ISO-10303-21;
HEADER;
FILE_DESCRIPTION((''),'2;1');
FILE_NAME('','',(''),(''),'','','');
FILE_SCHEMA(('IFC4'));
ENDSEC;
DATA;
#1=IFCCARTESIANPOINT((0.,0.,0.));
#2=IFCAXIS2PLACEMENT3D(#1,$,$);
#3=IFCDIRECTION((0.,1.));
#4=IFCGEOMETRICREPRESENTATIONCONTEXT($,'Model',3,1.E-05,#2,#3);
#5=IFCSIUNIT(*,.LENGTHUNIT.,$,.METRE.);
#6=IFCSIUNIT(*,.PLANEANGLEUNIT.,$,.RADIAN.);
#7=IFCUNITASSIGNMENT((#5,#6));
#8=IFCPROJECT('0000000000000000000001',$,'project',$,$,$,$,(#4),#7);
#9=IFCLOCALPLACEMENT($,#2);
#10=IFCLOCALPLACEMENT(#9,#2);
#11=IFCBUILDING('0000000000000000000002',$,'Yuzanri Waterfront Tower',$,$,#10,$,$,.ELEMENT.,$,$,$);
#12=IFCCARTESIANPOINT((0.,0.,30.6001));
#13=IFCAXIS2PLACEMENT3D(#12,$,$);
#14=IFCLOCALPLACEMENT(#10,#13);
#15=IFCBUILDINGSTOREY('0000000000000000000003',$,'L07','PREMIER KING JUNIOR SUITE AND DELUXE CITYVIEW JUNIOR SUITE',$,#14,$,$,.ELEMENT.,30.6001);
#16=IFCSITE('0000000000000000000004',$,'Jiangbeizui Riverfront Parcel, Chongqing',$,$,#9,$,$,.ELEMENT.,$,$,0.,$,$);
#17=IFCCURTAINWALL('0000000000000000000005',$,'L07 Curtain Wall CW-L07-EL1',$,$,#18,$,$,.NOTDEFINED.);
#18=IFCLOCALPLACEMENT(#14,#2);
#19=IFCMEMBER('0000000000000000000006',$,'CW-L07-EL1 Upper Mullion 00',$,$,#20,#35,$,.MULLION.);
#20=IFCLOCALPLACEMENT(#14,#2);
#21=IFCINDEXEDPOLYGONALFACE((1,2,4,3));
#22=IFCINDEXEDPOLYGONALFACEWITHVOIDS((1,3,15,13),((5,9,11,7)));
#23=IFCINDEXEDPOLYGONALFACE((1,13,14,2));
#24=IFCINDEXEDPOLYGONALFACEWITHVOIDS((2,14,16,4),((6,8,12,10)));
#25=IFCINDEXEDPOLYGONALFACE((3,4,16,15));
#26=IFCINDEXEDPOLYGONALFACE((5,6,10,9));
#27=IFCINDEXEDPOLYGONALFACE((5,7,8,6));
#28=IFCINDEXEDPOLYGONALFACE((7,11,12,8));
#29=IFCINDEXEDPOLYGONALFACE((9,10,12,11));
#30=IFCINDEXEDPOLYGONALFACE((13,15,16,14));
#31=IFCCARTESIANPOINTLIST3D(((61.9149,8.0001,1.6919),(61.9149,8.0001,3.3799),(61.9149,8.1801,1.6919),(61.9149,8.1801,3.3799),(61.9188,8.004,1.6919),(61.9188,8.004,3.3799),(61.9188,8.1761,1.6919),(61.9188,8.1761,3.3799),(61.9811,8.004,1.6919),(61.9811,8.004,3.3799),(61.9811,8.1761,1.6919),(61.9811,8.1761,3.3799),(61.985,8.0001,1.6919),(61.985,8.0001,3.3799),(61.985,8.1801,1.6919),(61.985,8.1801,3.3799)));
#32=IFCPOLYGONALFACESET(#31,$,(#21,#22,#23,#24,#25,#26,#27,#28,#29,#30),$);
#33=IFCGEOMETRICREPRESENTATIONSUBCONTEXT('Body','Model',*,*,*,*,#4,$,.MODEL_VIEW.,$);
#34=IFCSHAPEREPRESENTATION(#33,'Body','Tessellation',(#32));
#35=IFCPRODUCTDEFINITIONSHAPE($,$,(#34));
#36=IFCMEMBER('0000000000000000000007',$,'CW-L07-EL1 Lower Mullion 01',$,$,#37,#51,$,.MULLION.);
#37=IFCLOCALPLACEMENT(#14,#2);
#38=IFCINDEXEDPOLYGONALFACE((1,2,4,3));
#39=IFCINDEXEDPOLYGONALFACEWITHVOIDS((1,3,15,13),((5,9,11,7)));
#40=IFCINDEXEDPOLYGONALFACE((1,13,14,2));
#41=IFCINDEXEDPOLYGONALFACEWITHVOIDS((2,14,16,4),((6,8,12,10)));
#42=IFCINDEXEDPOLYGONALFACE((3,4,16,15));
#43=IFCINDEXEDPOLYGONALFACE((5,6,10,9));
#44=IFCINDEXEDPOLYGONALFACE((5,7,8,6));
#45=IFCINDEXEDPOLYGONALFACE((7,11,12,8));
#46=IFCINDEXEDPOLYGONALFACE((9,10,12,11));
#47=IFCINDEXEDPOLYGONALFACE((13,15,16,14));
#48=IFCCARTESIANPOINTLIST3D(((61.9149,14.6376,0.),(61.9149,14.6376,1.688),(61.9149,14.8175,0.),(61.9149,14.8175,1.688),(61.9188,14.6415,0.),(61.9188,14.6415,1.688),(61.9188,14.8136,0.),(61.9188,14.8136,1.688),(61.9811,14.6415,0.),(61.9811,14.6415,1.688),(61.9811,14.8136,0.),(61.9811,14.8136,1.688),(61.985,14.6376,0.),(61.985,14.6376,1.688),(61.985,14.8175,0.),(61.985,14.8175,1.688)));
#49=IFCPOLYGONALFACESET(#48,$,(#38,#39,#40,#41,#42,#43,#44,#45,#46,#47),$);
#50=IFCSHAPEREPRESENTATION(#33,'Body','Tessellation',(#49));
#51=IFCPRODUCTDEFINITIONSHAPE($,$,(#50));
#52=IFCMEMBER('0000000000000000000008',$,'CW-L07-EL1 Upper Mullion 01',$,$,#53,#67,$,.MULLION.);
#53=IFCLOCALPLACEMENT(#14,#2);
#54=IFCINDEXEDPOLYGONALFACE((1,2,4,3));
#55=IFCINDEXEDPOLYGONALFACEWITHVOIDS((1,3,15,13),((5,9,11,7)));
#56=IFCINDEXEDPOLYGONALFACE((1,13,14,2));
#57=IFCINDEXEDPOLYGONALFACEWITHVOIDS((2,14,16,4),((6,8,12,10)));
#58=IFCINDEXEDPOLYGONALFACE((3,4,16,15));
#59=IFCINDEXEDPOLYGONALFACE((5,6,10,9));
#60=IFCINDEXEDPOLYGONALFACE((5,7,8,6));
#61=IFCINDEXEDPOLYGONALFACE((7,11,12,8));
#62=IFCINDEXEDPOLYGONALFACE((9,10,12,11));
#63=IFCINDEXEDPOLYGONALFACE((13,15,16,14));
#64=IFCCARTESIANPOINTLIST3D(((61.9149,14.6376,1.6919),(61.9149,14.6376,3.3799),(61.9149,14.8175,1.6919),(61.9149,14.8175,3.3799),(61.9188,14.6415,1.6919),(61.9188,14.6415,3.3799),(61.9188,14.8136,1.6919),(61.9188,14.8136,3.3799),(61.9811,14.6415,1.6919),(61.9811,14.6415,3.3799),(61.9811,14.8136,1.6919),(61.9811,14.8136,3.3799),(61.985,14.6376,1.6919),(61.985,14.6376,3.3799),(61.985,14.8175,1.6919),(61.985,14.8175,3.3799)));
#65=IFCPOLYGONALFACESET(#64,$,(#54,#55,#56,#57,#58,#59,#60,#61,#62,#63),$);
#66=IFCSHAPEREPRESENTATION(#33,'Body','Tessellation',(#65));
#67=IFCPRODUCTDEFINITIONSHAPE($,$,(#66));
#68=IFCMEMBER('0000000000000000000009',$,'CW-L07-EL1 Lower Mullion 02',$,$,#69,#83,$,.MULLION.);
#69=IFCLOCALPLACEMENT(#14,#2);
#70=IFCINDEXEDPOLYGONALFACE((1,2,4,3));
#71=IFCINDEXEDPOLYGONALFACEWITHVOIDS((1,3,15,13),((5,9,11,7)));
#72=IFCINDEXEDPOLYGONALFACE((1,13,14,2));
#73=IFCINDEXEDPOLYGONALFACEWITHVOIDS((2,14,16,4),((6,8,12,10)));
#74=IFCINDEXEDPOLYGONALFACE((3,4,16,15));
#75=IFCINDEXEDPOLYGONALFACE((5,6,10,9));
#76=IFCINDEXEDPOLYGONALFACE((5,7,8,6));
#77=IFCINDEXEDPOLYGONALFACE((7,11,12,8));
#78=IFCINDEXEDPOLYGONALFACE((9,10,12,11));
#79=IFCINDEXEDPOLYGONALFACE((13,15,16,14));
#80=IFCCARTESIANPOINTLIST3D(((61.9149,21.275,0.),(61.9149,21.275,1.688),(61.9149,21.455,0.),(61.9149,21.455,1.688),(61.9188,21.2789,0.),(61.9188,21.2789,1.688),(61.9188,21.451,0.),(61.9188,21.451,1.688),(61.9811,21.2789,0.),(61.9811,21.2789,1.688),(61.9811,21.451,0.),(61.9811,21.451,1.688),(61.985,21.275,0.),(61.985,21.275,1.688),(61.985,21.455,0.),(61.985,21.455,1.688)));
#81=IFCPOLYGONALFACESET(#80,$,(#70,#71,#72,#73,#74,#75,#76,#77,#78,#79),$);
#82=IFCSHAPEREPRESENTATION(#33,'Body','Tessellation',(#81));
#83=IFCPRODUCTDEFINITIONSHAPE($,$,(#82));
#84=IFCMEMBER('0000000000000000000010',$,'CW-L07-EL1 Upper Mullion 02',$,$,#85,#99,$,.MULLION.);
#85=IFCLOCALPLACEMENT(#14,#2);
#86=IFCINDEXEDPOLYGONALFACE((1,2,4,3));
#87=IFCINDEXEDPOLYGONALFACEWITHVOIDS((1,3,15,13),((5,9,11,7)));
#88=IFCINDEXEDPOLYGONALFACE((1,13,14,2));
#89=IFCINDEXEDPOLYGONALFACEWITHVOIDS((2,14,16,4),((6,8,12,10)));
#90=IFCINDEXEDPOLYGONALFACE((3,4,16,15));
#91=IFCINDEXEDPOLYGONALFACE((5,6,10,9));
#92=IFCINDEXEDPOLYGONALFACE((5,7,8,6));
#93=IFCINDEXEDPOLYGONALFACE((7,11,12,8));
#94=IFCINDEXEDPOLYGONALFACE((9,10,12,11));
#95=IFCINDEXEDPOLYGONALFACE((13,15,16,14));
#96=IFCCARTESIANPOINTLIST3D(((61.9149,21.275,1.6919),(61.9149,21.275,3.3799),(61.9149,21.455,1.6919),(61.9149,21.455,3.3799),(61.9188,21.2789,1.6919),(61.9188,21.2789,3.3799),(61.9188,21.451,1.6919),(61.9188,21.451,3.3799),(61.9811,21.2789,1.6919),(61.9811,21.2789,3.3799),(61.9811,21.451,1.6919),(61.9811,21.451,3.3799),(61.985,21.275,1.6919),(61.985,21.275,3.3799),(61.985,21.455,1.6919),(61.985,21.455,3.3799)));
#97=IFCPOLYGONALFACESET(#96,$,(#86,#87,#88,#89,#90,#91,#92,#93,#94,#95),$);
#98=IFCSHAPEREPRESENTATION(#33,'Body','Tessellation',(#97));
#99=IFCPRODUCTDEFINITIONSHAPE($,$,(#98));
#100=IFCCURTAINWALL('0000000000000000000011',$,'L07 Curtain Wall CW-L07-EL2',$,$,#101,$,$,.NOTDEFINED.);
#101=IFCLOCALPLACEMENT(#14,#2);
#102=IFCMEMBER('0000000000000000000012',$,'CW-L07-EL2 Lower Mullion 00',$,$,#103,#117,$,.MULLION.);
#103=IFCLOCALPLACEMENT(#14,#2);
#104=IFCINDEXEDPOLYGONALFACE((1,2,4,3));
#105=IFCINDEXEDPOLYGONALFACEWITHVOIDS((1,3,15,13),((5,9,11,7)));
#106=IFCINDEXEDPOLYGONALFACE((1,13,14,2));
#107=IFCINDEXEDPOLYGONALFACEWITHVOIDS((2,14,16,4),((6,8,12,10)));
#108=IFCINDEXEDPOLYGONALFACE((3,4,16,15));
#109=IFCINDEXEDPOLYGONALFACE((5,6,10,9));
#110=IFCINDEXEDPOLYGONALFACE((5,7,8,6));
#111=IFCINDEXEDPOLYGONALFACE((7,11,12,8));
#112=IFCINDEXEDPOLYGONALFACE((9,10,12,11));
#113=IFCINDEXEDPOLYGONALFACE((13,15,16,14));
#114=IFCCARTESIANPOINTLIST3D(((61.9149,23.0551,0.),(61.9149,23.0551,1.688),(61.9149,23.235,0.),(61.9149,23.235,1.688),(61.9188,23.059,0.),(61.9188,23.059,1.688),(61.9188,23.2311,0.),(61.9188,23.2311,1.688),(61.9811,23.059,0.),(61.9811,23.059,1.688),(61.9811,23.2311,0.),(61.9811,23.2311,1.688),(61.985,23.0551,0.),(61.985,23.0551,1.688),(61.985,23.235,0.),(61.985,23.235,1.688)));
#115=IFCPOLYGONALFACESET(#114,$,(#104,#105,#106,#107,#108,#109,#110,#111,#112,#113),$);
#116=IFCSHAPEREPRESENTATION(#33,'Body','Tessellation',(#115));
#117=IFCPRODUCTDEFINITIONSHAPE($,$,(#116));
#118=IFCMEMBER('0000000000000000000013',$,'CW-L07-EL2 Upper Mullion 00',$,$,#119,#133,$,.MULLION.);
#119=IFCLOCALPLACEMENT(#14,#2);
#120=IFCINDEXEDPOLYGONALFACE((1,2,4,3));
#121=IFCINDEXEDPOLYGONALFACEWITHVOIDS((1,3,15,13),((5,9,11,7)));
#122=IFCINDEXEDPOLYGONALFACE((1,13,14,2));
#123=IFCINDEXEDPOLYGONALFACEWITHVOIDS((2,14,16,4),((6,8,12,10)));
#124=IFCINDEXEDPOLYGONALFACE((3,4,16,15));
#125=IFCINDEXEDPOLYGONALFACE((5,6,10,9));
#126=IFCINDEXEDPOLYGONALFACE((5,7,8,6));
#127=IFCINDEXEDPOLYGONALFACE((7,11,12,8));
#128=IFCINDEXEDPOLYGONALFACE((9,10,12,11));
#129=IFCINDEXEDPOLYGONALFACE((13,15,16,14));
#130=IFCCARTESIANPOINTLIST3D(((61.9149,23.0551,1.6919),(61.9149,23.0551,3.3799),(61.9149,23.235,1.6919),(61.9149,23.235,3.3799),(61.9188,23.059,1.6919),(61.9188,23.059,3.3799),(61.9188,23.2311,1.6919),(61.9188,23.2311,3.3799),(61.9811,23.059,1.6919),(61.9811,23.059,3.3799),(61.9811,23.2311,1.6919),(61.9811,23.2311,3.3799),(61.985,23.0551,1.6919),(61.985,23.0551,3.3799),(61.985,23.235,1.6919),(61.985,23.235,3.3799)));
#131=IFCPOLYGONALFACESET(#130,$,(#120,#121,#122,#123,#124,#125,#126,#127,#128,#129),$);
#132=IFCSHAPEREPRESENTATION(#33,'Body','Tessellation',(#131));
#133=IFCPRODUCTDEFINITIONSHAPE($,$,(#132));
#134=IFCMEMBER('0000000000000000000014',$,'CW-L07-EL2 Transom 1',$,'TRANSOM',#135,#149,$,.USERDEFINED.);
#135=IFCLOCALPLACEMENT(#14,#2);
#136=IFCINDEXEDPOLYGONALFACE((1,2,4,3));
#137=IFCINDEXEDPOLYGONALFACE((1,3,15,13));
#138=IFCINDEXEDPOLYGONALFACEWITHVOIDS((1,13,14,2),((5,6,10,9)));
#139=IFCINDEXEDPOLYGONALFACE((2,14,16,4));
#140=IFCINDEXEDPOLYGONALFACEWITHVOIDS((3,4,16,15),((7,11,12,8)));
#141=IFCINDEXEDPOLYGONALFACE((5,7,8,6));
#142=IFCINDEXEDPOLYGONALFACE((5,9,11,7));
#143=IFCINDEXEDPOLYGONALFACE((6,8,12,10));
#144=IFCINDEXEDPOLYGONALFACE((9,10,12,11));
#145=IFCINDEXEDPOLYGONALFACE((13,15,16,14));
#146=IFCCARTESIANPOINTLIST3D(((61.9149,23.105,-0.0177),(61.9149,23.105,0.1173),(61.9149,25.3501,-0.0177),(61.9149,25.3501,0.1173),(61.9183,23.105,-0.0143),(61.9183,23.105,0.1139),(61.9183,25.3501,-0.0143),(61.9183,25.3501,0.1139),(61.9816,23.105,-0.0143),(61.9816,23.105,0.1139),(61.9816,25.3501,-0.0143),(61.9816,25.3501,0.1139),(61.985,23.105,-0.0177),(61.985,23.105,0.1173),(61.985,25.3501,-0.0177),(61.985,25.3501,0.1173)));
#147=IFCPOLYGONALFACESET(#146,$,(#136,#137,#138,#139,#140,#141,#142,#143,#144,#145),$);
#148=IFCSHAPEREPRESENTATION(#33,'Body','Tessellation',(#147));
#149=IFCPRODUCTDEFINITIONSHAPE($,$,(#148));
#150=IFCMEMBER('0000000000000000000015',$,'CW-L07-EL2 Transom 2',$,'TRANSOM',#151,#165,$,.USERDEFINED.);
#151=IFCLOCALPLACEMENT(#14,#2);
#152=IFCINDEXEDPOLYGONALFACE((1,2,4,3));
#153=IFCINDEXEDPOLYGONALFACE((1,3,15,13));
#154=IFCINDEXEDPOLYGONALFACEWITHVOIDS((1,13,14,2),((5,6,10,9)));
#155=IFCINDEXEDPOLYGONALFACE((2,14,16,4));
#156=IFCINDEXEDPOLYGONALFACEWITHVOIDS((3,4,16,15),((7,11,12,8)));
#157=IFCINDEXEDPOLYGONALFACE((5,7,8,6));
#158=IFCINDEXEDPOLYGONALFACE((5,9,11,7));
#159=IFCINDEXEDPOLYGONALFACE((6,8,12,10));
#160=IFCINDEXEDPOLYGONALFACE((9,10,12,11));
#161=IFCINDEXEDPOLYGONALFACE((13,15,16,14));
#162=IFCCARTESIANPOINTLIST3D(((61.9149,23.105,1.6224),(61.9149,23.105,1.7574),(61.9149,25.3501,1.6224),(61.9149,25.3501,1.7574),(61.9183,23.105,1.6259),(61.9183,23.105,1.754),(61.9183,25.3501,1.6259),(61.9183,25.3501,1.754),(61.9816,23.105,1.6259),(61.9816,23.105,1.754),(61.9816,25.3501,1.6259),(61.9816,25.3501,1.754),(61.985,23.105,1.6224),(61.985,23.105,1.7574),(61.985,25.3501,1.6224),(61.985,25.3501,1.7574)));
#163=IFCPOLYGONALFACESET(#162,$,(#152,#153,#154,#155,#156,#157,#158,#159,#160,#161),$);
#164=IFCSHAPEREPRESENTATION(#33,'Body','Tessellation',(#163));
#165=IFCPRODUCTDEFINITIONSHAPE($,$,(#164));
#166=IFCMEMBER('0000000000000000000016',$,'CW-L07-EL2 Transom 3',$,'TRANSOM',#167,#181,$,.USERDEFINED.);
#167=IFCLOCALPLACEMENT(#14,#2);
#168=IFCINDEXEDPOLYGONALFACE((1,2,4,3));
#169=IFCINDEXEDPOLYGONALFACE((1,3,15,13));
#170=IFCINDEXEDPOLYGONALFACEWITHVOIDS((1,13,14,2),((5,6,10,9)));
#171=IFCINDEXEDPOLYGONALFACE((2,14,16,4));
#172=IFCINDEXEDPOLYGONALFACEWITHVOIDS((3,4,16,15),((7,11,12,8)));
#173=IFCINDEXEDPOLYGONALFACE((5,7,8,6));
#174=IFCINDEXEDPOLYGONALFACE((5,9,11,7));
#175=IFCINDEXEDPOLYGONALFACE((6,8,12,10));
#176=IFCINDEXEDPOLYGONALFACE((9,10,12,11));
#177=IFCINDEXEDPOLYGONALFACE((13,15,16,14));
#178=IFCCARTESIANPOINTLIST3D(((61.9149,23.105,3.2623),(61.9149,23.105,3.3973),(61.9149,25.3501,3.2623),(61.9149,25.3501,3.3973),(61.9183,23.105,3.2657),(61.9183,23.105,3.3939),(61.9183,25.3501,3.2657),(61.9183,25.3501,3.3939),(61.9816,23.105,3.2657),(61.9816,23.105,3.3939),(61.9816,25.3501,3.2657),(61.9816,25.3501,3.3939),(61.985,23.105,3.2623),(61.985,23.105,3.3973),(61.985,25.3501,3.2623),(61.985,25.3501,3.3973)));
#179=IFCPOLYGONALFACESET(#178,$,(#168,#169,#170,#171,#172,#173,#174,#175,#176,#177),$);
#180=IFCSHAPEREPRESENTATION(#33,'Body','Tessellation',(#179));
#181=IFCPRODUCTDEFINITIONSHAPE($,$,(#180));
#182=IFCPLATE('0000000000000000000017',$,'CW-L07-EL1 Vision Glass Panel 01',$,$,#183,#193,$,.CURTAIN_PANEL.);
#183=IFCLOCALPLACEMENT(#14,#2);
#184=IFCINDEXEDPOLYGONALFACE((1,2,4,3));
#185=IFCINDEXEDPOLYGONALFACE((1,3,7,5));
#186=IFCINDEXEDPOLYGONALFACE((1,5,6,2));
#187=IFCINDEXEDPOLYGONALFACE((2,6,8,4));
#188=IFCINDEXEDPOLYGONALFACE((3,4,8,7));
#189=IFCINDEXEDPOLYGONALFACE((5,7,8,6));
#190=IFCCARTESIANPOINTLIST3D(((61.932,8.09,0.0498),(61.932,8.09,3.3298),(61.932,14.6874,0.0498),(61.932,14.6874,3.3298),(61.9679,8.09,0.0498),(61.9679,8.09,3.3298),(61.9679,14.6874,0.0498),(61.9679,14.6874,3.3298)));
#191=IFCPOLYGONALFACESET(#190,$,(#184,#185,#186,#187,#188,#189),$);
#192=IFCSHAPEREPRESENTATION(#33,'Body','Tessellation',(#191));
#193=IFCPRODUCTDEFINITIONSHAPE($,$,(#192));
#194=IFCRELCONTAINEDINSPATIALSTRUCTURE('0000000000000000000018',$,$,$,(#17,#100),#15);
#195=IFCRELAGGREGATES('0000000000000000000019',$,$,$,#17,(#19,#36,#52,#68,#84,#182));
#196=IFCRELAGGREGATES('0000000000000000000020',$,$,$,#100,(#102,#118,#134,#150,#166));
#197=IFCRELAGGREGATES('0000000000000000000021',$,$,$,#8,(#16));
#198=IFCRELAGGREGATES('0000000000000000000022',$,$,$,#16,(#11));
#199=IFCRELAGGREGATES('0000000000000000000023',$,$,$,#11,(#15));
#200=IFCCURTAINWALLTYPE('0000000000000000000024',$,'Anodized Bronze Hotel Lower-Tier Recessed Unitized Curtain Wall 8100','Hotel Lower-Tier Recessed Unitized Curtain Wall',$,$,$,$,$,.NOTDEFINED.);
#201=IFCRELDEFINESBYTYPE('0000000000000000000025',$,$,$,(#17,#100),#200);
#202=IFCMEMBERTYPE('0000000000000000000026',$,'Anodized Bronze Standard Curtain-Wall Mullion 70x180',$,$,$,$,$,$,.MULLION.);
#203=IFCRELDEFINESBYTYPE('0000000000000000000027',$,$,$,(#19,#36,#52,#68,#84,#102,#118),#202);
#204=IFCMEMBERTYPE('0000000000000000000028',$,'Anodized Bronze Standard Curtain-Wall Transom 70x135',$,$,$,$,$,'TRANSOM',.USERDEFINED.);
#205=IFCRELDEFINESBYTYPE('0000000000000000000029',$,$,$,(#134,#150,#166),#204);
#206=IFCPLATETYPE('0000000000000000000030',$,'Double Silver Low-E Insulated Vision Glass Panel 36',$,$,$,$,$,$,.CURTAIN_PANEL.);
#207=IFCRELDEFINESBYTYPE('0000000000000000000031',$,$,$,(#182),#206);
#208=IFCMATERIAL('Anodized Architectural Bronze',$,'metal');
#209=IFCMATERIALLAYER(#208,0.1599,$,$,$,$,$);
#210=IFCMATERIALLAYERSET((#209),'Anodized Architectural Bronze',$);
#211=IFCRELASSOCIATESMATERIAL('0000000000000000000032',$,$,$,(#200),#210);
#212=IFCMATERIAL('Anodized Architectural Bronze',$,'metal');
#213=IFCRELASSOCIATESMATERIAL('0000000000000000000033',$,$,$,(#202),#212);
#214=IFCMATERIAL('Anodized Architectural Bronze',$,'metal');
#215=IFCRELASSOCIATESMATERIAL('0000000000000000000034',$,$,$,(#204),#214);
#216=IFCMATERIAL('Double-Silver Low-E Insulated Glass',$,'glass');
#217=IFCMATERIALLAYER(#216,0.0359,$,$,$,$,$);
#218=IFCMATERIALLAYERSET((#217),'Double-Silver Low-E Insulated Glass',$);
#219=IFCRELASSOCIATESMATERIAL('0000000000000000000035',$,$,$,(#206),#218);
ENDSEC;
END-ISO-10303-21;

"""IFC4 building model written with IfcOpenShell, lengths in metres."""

from ifc_helpers import new_model, si_unit, direction, frame, origin, origin_2d, place, context, subcontext, project, spatial, rectangle, hollow_rectangle, extrude, source, transform, mapped, material, layer, layer_set, material_profile, profile_set, type_object, element, aggregate, save


model = new_model("IFC4")

# Units and contexts
model_context = context("Model", 3, precision=1e-05, world=origin(), true_north=direction((0.0, 1.0)))
body_context = subcontext(model_context, "Body", "Model", "MODEL_VIEW")
ifc_project = project(units=[si_unit("LENGTHUNIT", "METRE"), si_unit("PLANEANGLEUNIT", "RADIAN")], contexts=[model_context])

# Site, building, storey
site_placement = place(None, origin())
site = spatial("IfcSite", under=ifc_project, at=site_placement, Name="Jiangbeizui Riverfront Parcel, Chongqing", CompositionType="ELEMENT", RefElevation=0.0)
building_placement = place(site_placement, origin())
building = spatial("IfcBuilding", under=site, at=building_placement, Name="Yuzanri Waterfront Tower", CompositionType="ELEMENT")
storey_placement = place(building_placement, frame((0.0, 0.0, 30.6001)))
storey = spatial("IfcBuildingStorey", under=building, at=storey_placement, Name="L07", Description="PREMIER KING JUNIOR SUITE AND DELUXE CITYVIEW JUNIOR SUITE", CompositionType="ELEMENT", Elevation=30.6001)

# Curtain walls, members
ifc_material_1 = material(Name="Anodized Architectural Bronze", Category="metal")
ifc_layer_1 = layer(ifc_material_1, 0.1599)
ifc_layer_set_1 = layer_set([ifc_layer_1], Name="Anodized Architectural Bronze")
curtain_wall_type = type_object("IfcCurtainWallType", Name="Anodized Bronze Hotel Lower-Tier Recessed Unitized Curtain Wall 8100", Description="Hotel Lower-Tier Recessed Unitized Curtain Wall", PredefinedType="NOTDEFINED", material=ifc_layer_set_1)
curtain_wall_1_placement = place(storey_placement, origin())
curtain_wall_1 = element("IfcCurtainWall", 1, at=curtain_wall_1_placement, inside=storey, type_object=curtain_wall_type, Name="L07 Curtain Wall CW-L07-EL1", PredefinedType="NOTDEFINED")
ifc_material_2 = material(Name="Anodized Architectural Bronze", Category="metal")
ifc_material_profile_1 = material_profile(ifc_material_2, hollow_rectangle(XDim=0.0701, YDim=0.1799, WallThickness=0.0039, at=origin_2d()), Name="CWM 70x180")
ifc_profile_set_1 = profile_set([ifc_material_profile_1], Name="Anodized Architectural Bronze")
member_type_1 = type_object("IfcMemberType", Name="Anodized Bronze Standard Curtain-Wall Mullion 70x180", PredefinedType="MULLION", material=ifc_profile_set_1)
shared_shape_1 = source(origin(), body_context, "Body", "SweptSolid", [
    extrude(hollow_rectangle(XDim=0.0701, YDim=0.1799, WallThickness=0.0039, at=origin_2d()), origin(), (0.0, 0.0, 1.0), 1.688),
])
member_1_placement = place(storey_placement, frame((61.95, 8.0901, 1.6919), z_axis=(0.0, 0.0, 1.0), x_axis=(1.0, 0.0, 0.0)))
member_1 = element("IfcMember", 2, at=member_1_placement, type_object=member_type_1, Name="CW-L07-EL1 Upper Mullion 00", PredefinedType="MULLION", context=body_context, shape_type="MappedRepresentation", body=[
    mapped(shared_shape_1, transform((0.0, 0.0, 0.0), scale=1.0)),
])
member_2_placement = place(storey_placement, frame((61.95, 14.7275, 0.0), z_axis=(0.0, 0.0, 1.0), x_axis=(1.0, 0.0, 0.0)))
member_2 = element("IfcMember", 3, at=member_2_placement, type_object=member_type_1, Name="CW-L07-EL1 Lower Mullion 01", PredefinedType="MULLION", context=body_context, shape_type="MappedRepresentation", body=[
    mapped(shared_shape_1, transform((0.0, 0.0, 0.0), scale=1.0)),
])
member_3_placement = place(storey_placement, frame((61.95, 14.7275, 1.6919), z_axis=(0.0, 0.0, 1.0), x_axis=(1.0, 0.0, 0.0)))
member_3 = element("IfcMember", 4, at=member_3_placement, type_object=member_type_1, Name="CW-L07-EL1 Upper Mullion 01", PredefinedType="MULLION", context=body_context, shape_type="MappedRepresentation", body=[
    mapped(shared_shape_1, transform((0.0, 0.0, 0.0), scale=1.0)),
])
member_4_placement = place(storey_placement, frame((61.95, 21.365, 0.0), z_axis=(0.0, 0.0, 1.0), x_axis=(1.0, 0.0, 0.0)))
member_4 = element("IfcMember", 5, at=member_4_placement, type_object=member_type_1, Name="CW-L07-EL1 Lower Mullion 02", PredefinedType="MULLION", context=body_context, shape_type="MappedRepresentation", body=[
    mapped(shared_shape_1, transform((0.0, 0.0, 0.0), scale=1.0)),
])
member_5_placement = place(storey_placement, frame((61.95, 21.365, 1.6919), z_axis=(0.0, 0.0, 1.0), x_axis=(1.0, 0.0, 0.0)))
member_5 = element("IfcMember", 6, at=member_5_placement, type_object=member_type_1, Name="CW-L07-EL1 Upper Mullion 02", PredefinedType="MULLION", context=body_context, shape_type="MappedRepresentation", body=[
    mapped(shared_shape_1, transform((0.0, 0.0, 0.0), scale=1.0)),
])
curtain_wall_2_placement = place(storey_placement, origin())
curtain_wall_2 = element("IfcCurtainWall", 7, at=curtain_wall_2_placement, inside=storey, type_object=curtain_wall_type, Name="L07 Curtain Wall CW-L07-EL2", PredefinedType="NOTDEFINED")
member_6_placement = place(storey_placement, frame((61.95, 23.145, 0.0), z_axis=(0.0, 0.0, 1.0), x_axis=(1.0, 0.0, 0.0)))
member_6 = element("IfcMember", 8, at=member_6_placement, type_object=member_type_1, Name="CW-L07-EL2 Lower Mullion 00", PredefinedType="MULLION", context=body_context, shape_type="MappedRepresentation", body=[
    mapped(shared_shape_1, transform((0.0, 0.0, 0.0), scale=1.0)),
])
member_7_placement = place(storey_placement, frame((61.95, 23.145, 1.6919), z_axis=(0.0, 0.0, 1.0), x_axis=(1.0, 0.0, 0.0)))
member_7 = element("IfcMember", 9, at=member_7_placement, type_object=member_type_1, Name="CW-L07-EL2 Upper Mullion 00", PredefinedType="MULLION", context=body_context, shape_type="MappedRepresentation", body=[
    mapped(shared_shape_1, transform((0.0, 0.0, 0.0), scale=1.0)),
])
ifc_material_3 = material(Name="Anodized Architectural Bronze", Category="metal")
ifc_material_profile_2 = material_profile(ifc_material_3, hollow_rectangle(XDim=0.0701, YDim=0.135, WallThickness=0.0034, at=origin_2d()), Name="CWT 70x135")
ifc_profile_set_2 = profile_set([ifc_material_profile_2], Name="Anodized Architectural Bronze")
member_type_2 = type_object("IfcMemberType", Name="Anodized Bronze Standard Curtain-Wall Transom 70x135", ElementType="TRANSOM", PredefinedType="USERDEFINED", material=ifc_profile_set_2)
shared_shape_2 = source(origin(), body_context, "Body", "SweptSolid", [
    extrude(hollow_rectangle(XDim=0.0701, YDim=0.135, WallThickness=0.0034, at=origin_2d()), origin(), (0.0, 0.0, 1.0), 2.2451),
])
member_8_placement = place(storey_placement, frame((61.95, 23.105, 0.0498), z_axis=(0.0, 1.0, 0.0), x_axis=(-1.0, 0.0, 0.0)))
member_8 = element("IfcMember", 10, at=member_8_placement, type_object=member_type_2, Name="CW-L07-EL2 Transom 1", ObjectType="TRANSOM", PredefinedType="USERDEFINED", context=body_context, shape_type="MappedRepresentation", body=[
    mapped(shared_shape_2, transform((0.0, 0.0, 0.0), scale=1.0)),
])
member_9_placement = place(storey_placement, frame((61.95, 23.105, 1.6899), z_axis=(0.0, 1.0, 0.0), x_axis=(-1.0, 0.0, 0.0)))
member_9 = element("IfcMember", 11, at=member_9_placement, type_object=member_type_2, Name="CW-L07-EL2 Transom 2", ObjectType="TRANSOM", PredefinedType="USERDEFINED", context=body_context, shape_type="MappedRepresentation", body=[
    mapped(shared_shape_2, transform((0.0, 0.0, 0.0), scale=1.0)),
])
member_10_placement = place(storey_placement, frame((61.95, 23.105, 3.3298), z_axis=(0.0, 1.0, 0.0), x_axis=(-1.0, 0.0, 0.0)))
member_10 = element("IfcMember", 12, at=member_10_placement, type_object=member_type_2, Name="CW-L07-EL2 Transom 3", ObjectType="TRANSOM", PredefinedType="USERDEFINED", context=body_context, shape_type="MappedRepresentation", body=[
    mapped(shared_shape_2, transform((0.0, 0.0, 0.0), scale=1.0)),
])

# Plate
ifc_material_4 = material(Name="Double-Silver Low-E Insulated Glass", Category="glass")
ifc_layer_2 = layer(ifc_material_4, 0.0359)
ifc_layer_set_2 = layer_set([ifc_layer_2], Name="Double-Silver Low-E Insulated Glass")
plate_type = type_object("IfcPlateType", Name="Double Silver Low-E Insulated Vision Glass Panel 36", PredefinedType="CURTAIN_PANEL", material=ifc_layer_set_2)
shared_shape_3 = source(origin(), body_context, "Body", "SweptSolid", [
    extrude(rectangle(XDim=6.5974, YDim=0.0359, at=origin_2d()), origin(), (0.0, 0.0, 1.0), 3.28),
])
plate_1_placement = place(storey_placement, frame((61.95, 11.3887, 0.0498), z_axis=(0.0, 0.0, 1.0), x_axis=(0.0, 1.0, 0.0)))
plate_1 = element("IfcPlate", 13, at=plate_1_placement, type_object=plate_type, Name="CW-L07-EL1 Vision Glass Panel 01", PredefinedType="CURTAIN_PANEL", context=body_context, shape_type="MappedRepresentation", body=[
    mapped(shared_shape_3, transform((0.0, 0.0, 0.0), scale=1.0)),
])
aggregate(curtain_wall_1, [member_1, member_2, member_3, member_4, member_5, plate_1])
aggregate(curtain_wall_2, [member_6, member_7, member_8, member_9, member_10])

save(model, "model.ifc")
